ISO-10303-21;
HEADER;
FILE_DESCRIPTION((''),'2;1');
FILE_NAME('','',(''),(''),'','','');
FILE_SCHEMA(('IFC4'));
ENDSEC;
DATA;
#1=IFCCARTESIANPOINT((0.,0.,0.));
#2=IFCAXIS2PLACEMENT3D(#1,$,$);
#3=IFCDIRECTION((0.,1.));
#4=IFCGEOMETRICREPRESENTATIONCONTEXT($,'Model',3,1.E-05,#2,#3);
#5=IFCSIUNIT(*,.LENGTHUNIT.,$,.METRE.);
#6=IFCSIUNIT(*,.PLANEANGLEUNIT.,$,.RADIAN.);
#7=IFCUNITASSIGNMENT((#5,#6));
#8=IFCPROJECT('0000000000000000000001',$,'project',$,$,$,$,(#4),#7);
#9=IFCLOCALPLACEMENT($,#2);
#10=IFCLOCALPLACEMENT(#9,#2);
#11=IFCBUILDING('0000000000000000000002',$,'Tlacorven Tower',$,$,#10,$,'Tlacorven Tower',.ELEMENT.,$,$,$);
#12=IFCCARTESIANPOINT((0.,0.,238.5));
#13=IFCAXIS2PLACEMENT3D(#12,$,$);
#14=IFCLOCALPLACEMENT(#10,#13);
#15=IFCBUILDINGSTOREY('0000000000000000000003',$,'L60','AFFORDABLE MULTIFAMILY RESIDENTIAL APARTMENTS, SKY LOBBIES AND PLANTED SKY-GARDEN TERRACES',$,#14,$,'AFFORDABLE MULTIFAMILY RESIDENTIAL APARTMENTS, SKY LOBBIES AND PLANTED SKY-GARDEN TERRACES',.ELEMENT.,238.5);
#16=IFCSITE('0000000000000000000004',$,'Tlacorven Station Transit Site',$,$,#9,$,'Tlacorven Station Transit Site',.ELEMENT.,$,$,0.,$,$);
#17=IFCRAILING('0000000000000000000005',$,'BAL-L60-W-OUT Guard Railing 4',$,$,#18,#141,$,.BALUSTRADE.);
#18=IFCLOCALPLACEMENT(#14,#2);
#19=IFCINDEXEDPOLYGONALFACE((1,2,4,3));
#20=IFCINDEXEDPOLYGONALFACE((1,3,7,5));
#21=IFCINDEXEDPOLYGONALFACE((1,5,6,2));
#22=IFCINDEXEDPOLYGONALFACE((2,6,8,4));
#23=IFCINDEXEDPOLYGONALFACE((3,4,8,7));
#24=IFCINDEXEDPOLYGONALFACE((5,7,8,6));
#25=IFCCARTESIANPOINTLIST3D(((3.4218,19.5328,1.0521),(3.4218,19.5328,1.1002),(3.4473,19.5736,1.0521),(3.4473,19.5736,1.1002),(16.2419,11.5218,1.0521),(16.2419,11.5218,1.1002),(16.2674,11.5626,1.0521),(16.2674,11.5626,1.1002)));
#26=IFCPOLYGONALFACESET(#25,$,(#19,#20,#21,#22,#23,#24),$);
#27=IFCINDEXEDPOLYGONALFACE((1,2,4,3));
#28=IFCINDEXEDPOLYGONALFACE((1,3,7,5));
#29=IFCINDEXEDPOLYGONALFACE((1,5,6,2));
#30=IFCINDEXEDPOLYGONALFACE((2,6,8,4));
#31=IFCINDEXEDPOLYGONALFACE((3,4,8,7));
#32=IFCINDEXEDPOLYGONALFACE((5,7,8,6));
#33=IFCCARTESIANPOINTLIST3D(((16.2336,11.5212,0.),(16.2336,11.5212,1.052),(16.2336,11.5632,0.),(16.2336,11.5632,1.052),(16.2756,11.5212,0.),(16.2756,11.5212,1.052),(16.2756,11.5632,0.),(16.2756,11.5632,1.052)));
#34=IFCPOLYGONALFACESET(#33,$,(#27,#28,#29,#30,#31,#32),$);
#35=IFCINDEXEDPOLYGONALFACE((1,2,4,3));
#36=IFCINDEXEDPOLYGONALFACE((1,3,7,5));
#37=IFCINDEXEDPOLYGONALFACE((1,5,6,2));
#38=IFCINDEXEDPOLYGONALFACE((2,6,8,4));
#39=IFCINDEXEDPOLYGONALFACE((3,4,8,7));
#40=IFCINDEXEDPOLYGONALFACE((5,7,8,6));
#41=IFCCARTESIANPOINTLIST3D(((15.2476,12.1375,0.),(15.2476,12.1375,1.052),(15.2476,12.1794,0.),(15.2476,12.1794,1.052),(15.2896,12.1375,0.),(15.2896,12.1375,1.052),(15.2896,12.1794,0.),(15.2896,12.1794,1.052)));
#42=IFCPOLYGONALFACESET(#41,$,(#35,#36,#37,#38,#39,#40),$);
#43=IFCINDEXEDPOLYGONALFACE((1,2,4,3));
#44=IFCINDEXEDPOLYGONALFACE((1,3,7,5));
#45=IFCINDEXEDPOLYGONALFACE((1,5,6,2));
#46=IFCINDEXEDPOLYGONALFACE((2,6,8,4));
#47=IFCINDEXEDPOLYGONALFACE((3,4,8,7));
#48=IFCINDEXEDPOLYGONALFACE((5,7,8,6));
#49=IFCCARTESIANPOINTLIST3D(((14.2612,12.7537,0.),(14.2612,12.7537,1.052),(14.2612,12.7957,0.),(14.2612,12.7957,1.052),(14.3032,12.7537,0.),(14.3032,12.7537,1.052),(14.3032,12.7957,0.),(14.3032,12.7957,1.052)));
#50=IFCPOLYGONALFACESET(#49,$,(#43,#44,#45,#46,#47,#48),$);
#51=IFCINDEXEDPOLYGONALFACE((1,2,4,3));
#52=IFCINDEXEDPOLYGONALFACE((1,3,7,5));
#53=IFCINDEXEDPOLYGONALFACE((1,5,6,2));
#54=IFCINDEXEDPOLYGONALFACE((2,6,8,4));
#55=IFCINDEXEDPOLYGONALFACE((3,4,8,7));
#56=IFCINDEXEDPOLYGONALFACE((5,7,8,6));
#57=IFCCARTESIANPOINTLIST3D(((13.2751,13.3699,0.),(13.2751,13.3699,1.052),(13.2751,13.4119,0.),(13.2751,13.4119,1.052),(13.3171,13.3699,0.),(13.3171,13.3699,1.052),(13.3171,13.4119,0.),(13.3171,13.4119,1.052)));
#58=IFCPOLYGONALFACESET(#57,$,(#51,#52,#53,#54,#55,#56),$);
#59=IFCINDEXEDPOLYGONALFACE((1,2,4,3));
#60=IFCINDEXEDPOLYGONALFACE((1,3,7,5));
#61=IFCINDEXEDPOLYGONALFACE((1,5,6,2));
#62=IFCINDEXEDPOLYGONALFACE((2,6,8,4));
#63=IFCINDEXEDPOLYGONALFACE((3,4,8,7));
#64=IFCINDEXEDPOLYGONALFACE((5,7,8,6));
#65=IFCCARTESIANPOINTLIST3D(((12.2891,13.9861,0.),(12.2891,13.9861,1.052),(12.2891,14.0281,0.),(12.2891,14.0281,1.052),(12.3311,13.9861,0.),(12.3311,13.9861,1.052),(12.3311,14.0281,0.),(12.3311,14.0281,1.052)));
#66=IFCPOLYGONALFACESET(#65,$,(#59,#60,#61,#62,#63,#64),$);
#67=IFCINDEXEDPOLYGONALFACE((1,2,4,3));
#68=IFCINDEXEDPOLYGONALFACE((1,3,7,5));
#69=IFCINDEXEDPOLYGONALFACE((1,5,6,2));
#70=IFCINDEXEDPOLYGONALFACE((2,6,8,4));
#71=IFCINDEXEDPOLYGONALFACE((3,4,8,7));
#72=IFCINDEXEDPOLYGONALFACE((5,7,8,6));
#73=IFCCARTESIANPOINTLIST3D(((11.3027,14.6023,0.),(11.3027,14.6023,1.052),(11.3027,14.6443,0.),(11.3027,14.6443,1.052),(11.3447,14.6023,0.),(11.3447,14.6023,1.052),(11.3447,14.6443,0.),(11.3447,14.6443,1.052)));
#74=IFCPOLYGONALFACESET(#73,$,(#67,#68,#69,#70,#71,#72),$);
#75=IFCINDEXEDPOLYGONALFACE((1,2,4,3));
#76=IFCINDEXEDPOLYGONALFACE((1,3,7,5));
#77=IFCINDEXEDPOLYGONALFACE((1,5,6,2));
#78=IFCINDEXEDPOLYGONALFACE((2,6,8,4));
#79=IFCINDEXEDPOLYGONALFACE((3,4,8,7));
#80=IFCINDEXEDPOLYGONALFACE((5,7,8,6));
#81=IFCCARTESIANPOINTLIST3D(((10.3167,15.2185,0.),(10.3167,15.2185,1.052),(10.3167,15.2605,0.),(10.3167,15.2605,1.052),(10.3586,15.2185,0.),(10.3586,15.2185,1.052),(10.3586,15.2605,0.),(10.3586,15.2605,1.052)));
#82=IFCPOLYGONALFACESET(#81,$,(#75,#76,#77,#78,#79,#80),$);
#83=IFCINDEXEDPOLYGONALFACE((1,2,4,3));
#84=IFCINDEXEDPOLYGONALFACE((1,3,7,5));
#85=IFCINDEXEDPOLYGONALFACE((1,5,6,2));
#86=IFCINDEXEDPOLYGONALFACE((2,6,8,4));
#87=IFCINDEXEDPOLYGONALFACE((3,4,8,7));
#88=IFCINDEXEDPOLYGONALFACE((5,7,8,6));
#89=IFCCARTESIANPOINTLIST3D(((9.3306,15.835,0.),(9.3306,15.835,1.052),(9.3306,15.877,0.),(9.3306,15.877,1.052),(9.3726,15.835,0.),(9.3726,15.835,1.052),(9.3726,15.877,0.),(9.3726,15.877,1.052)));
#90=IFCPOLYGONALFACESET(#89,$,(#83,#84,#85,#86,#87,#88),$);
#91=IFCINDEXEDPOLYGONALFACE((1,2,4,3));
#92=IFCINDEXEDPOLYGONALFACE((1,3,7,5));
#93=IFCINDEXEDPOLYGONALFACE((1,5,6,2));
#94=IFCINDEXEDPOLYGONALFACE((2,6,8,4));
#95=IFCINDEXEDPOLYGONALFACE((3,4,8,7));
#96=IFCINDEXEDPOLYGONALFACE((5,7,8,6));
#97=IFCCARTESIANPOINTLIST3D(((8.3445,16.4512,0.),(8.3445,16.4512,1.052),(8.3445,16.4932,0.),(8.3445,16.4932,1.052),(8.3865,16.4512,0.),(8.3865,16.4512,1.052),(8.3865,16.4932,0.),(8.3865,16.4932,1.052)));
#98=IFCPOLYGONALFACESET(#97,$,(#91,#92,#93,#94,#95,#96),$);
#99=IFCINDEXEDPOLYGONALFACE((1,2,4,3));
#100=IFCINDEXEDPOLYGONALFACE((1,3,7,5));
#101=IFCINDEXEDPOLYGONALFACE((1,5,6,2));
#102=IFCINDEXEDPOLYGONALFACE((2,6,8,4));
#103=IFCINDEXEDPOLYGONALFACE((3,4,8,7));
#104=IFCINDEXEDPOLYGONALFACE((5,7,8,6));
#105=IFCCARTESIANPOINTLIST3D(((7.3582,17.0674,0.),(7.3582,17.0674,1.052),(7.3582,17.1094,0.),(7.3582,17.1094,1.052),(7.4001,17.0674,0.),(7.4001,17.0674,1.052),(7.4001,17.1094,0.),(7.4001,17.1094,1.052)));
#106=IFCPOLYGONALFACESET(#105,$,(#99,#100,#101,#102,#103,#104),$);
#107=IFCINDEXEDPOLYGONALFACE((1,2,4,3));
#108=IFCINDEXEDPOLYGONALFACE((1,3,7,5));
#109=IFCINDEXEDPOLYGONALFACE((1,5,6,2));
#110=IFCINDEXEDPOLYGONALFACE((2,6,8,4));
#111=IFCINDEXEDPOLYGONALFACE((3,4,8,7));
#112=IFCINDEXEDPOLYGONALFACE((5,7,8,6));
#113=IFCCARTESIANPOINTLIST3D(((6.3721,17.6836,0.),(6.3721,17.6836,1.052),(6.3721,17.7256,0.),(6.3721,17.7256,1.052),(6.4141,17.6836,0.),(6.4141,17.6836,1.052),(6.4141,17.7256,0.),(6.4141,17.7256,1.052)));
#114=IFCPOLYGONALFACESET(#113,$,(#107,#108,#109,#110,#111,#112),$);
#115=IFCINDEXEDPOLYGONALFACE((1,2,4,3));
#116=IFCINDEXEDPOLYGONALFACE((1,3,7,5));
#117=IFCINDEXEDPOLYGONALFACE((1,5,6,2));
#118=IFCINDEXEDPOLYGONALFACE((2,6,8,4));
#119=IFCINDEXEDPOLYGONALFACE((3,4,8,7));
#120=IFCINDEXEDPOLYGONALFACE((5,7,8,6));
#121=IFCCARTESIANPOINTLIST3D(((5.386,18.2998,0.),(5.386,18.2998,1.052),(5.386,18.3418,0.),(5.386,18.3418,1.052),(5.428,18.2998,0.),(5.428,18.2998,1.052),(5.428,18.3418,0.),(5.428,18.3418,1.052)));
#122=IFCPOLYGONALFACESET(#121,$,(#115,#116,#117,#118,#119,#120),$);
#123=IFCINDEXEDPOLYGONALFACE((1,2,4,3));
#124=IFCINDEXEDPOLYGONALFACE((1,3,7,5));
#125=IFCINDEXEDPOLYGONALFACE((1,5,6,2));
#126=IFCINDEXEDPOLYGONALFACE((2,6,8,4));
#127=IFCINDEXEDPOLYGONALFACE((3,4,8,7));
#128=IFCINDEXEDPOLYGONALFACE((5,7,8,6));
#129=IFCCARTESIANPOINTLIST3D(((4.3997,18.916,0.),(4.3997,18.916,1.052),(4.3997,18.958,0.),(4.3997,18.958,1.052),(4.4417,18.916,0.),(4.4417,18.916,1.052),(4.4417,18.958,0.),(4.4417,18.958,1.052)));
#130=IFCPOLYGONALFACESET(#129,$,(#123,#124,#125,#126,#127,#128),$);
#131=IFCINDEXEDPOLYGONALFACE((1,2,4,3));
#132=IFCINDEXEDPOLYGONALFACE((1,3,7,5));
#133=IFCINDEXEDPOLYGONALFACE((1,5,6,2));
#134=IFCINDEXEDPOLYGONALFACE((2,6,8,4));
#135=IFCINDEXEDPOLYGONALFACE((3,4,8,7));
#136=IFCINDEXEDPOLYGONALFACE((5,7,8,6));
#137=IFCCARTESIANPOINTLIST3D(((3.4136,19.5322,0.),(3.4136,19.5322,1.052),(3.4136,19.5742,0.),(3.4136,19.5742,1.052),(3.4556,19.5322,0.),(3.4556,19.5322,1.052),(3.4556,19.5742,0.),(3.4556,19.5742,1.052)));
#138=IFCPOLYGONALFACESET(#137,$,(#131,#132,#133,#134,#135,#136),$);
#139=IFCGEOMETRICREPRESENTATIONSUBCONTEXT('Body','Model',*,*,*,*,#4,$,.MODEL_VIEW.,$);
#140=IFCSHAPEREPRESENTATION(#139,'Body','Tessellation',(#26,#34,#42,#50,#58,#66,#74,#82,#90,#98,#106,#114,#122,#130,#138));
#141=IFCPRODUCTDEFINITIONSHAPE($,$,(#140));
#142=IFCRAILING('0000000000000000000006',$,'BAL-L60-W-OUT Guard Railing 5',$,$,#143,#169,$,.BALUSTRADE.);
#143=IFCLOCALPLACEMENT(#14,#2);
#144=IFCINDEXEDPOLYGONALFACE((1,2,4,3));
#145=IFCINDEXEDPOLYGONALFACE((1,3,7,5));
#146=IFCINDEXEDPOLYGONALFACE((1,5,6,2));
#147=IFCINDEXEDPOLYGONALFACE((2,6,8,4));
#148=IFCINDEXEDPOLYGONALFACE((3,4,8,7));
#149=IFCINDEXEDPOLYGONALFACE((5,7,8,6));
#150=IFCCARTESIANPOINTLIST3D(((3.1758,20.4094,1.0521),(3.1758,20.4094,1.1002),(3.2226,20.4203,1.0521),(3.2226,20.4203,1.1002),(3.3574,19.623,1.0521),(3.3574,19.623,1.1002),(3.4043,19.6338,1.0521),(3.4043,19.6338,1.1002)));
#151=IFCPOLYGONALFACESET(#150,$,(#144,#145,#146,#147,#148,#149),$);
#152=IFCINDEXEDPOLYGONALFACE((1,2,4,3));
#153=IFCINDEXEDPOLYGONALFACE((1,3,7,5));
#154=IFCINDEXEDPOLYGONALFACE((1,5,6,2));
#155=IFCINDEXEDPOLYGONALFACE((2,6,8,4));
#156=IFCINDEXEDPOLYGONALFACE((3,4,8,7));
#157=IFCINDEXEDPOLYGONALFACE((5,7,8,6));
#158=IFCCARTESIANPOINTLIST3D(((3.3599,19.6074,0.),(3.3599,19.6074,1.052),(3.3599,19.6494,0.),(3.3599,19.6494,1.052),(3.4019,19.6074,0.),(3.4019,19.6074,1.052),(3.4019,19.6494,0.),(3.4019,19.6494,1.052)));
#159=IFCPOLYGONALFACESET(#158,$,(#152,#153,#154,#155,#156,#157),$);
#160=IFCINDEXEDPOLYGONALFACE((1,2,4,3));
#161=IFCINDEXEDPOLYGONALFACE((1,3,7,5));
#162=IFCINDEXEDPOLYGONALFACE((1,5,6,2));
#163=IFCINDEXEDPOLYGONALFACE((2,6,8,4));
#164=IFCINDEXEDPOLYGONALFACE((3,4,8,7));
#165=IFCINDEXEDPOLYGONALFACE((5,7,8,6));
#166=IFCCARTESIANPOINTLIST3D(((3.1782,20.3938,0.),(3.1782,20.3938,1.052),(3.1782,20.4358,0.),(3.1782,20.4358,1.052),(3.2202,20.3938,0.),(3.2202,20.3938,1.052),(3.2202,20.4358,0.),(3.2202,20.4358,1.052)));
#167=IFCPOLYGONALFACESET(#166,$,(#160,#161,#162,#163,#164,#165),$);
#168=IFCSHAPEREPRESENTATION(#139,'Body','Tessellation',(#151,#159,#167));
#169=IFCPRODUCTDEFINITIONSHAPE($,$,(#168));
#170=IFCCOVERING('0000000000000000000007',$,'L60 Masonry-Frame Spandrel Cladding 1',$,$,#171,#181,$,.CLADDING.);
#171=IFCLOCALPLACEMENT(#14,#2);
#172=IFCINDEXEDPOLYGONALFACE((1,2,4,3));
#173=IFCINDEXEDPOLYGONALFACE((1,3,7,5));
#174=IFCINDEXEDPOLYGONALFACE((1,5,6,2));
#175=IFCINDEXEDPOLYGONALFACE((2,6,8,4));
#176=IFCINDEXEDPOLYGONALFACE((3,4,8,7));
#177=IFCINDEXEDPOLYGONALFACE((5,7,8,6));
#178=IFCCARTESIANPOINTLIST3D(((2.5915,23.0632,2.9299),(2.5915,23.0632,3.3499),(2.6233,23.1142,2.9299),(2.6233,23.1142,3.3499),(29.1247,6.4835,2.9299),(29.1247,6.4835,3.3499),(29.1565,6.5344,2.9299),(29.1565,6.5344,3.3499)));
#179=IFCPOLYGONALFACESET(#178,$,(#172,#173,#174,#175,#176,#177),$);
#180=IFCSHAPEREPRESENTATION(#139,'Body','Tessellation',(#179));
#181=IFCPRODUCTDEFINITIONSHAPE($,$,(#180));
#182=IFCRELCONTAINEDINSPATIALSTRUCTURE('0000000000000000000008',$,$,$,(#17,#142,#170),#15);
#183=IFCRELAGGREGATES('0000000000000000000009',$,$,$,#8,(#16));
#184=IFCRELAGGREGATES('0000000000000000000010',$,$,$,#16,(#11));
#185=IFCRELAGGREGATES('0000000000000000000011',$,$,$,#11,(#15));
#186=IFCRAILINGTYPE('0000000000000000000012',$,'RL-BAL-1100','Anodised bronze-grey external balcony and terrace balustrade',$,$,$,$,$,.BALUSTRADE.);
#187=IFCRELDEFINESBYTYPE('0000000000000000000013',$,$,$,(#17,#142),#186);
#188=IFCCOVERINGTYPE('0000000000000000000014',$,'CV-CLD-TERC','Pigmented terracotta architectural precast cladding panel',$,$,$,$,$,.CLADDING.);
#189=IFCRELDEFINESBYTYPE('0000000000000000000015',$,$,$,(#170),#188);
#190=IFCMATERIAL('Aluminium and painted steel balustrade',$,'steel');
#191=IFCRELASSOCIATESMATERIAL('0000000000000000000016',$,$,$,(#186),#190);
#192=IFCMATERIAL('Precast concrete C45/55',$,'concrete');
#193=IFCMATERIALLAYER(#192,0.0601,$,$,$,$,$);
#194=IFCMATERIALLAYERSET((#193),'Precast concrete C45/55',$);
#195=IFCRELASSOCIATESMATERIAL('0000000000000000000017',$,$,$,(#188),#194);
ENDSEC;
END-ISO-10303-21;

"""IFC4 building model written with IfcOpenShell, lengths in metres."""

from ifc_helpers import new_model, si_unit, direction, frame, origin, origin_2d, place, context, subcontext, project, spatial, rectangle, extrude, source, transform, mapped, material, layer, layer_set, type_object, element, save


model = new_model("IFC4")

# Units and contexts
model_context = context("Model", 3, precision=1e-05, world=origin(), true_north=direction((0.0, 1.0)))
body_context = subcontext(model_context, "Body", "Model", "MODEL_VIEW")
ifc_project = project(units=[si_unit("LENGTHUNIT", "METRE"), si_unit("PLANEANGLEUNIT", "RADIAN")], contexts=[model_context])

# Site, building, storey
site_placement = place(None, origin())
site = spatial("IfcSite", under=ifc_project, at=site_placement, Name="Tlacorven Station Transit Site", LongName="Tlacorven Station Transit Site", CompositionType="ELEMENT", RefElevation=0.0)
building_placement = place(site_placement, origin())
building = spatial("IfcBuilding", under=site, at=building_placement, Name="Tlacorven Tower", LongName="Tlacorven Tower", CompositionType="ELEMENT")
storey_placement = place(building_placement, frame((0.0, 0.0, 238.5)))
storey = spatial("IfcBuildingStorey", under=building, at=storey_placement, Name="L60", Description="AFFORDABLE MULTIFAMILY RESIDENTIAL APARTMENTS, SKY LOBBIES AND PLANTED SKY-GARDEN TERRACES", LongName="AFFORDABLE MULTIFAMILY RESIDENTIAL APARTMENTS, SKY LOBBIES AND PLANTED SKY-GARDEN TERRACES", CompositionType="ELEMENT", Elevation=238.5)

# Shared definitions
ifc_material_1 = material(Name="Precast concrete C45/55", Category="concrete")

# Railings
ifc_material_2 = material(Name="Aluminium and painted steel balustrade", Category="steel")
railing_type = type_object("IfcRailingType", Name="RL-BAL-1100", Description="Anodised bronze-grey external balcony and terrace balustrade", PredefinedType="BALUSTRADE", material=ifc_material_2)
shared_shape_1 = source(origin(), body_context, "Body", "SweptSolid", [
    extrude(rectangle(XDim=0.0481, YDim=0.0481, at=origin_2d()), frame((0.0, 0.0, 1.0762), z_axis=(-0.848045, 0.529925, 0.0), x_axis=(-0.529925, -0.848045, 0.0)), (0.0, 0.0, 1.0), 15.1172),
    extrude(rectangle(XDim=0.042, YDim=0.042, at=origin_2d()), origin(), (0.0, 0.0, 1.0), 1.052),
    extrude(rectangle(XDim=0.042, YDim=0.042, at=origin_2d()), frame((-0.9861, 0.6162, 0.0)), (0.0, 0.0, 1.0), 1.052),
    extrude(rectangle(XDim=0.042, YDim=0.042, at=origin_2d()), frame((-1.9724, 1.2324, 0.0)), (0.0, 0.0, 1.0), 1.052),
    extrude(rectangle(XDim=0.042, YDim=0.042, at=origin_2d()), frame((-2.9585, 1.8486, 0.0)), (0.0, 0.0, 1.0), 1.052),
    extrude(rectangle(XDim=0.042, YDim=0.042, at=origin_2d()), frame((-3.9446, 2.4648, 0.0)), (0.0, 0.0, 1.0), 1.052),
    extrude(rectangle(XDim=0.042, YDim=0.042, at=origin_2d()), frame((-4.9309, 3.0811, 0.0)), (0.0, 0.0, 1.0), 1.052),
    extrude(rectangle(XDim=0.042, YDim=0.042, at=origin_2d()), frame((-5.917, 3.6973, 0.0)), (0.0, 0.0, 1.0), 1.052),
    extrude(rectangle(XDim=0.042, YDim=0.042, at=origin_2d()), frame((-6.9031, 4.3137, 0.0)), (0.0, 0.0, 1.0), 1.052),
    extrude(rectangle(XDim=0.042, YDim=0.042, at=origin_2d()), frame((-7.8892, 4.9299, 0.0)), (0.0, 0.0, 1.0), 1.052),
    extrude(rectangle(XDim=0.042, YDim=0.042, at=origin_2d()), frame((-8.8755, 5.5461, 0.0)), (0.0, 0.0, 1.0), 1.052),
    extrude(rectangle(XDim=0.042, YDim=0.042, at=origin_2d()), frame((-9.8616, 6.1624, 0.0)), (0.0, 0.0, 1.0), 1.052),
    extrude(rectangle(XDim=0.042, YDim=0.042, at=origin_2d()), frame((-10.8477, 6.7786, 0.0)), (0.0, 0.0, 1.0), 1.052),
    extrude(rectangle(XDim=0.042, YDim=0.042, at=origin_2d()), frame((-11.834, 7.3948, 0.0)), (0.0, 0.0, 1.0), 1.052),
    extrude(rectangle(XDim=0.042, YDim=0.042, at=origin_2d()), frame((-12.8201, 8.011, 0.0)), (0.0, 0.0, 1.0), 1.052),
])
railing_1_placement = place(storey_placement, frame((16.2546, 11.5422, 0.0)))
element("IfcRailing", 1, at=railing_1_placement, inside=storey, type_object=railing_type, Name="BAL-L60-W-OUT Guard Railing 4", PredefinedType="BALUSTRADE", context=body_context, shape_type="MappedRepresentation", body=[
    mapped(shared_shape_1, transform((0.0, 0.0, 0.0), scale=1.0)),
])
shared_shape_2 = source(origin(), body_context, "Body", "SweptSolid", [
    extrude(rectangle(XDim=0.0481, YDim=0.0481, at=origin_2d()), frame((0.0, 0.0, 1.0762), z_axis=(-0.225058, 0.974345, 0.0), x_axis=(-0.974345, -0.225058, 0.0)), (0.0, 0.0, 1.0), 0.8071),
    extrude(rectangle(XDim=0.042, YDim=0.042, at=origin_2d()), origin(), (0.0, 0.0, 1.0), 1.052),
    extrude(rectangle(XDim=0.042, YDim=0.042, at=origin_2d()), frame((-0.1816, 0.7864, 0.0)), (0.0, 0.0, 1.0), 1.052),
])
railing_2_placement = place(storey_placement, frame((3.3809, 19.6284, 0.0)))
element("IfcRailing", 2, at=railing_2_placement, inside=storey, type_object=railing_type, Name="BAL-L60-W-OUT Guard Railing 5", PredefinedType="BALUSTRADE", context=body_context, shape_type="MappedRepresentation", body=[
    mapped(shared_shape_2, transform((0.0, 0.0, 0.0), scale=1.0)),
])

# Covering
ifc_layer_1 = layer(ifc_material_1, 0.0601)
ifc_layer_set_1 = layer_set([ifc_layer_1], Name="Precast concrete C45/55")
covering_type = type_object("IfcCoveringType", Name="CV-CLD-TERC", Description="Pigmented terracotta architectural precast cladding panel", PredefinedType="CLADDING", material=ifc_layer_set_1)
shared_shape_3 = source(origin(), body_context, "Body", "SweptSolid", [
    extrude(rectangle(XDim=31.2874, YDim=0.0601, at=origin_2d()), origin(), (0.0, 0.0, 1.0), 0.4199),
])
covering_placement = place(storey_placement, frame((15.874, 14.7988, 2.9299), z_axis=(0.0, 0.0, 1.0), x_axis=(-0.848048, 0.529919, 0.0)))
element("IfcCovering", 3, at=covering_placement, inside=storey, type_object=covering_type, Name="L60 Masonry-Frame Spandrel Cladding 1", PredefinedType="CLADDING", context=body_context, shape_type="MappedRepresentation", body=[
    mapped(shared_shape_3, transform((0.0, 0.0, 0.0), scale=1.0)),
])

save(model, "model.ifc")
